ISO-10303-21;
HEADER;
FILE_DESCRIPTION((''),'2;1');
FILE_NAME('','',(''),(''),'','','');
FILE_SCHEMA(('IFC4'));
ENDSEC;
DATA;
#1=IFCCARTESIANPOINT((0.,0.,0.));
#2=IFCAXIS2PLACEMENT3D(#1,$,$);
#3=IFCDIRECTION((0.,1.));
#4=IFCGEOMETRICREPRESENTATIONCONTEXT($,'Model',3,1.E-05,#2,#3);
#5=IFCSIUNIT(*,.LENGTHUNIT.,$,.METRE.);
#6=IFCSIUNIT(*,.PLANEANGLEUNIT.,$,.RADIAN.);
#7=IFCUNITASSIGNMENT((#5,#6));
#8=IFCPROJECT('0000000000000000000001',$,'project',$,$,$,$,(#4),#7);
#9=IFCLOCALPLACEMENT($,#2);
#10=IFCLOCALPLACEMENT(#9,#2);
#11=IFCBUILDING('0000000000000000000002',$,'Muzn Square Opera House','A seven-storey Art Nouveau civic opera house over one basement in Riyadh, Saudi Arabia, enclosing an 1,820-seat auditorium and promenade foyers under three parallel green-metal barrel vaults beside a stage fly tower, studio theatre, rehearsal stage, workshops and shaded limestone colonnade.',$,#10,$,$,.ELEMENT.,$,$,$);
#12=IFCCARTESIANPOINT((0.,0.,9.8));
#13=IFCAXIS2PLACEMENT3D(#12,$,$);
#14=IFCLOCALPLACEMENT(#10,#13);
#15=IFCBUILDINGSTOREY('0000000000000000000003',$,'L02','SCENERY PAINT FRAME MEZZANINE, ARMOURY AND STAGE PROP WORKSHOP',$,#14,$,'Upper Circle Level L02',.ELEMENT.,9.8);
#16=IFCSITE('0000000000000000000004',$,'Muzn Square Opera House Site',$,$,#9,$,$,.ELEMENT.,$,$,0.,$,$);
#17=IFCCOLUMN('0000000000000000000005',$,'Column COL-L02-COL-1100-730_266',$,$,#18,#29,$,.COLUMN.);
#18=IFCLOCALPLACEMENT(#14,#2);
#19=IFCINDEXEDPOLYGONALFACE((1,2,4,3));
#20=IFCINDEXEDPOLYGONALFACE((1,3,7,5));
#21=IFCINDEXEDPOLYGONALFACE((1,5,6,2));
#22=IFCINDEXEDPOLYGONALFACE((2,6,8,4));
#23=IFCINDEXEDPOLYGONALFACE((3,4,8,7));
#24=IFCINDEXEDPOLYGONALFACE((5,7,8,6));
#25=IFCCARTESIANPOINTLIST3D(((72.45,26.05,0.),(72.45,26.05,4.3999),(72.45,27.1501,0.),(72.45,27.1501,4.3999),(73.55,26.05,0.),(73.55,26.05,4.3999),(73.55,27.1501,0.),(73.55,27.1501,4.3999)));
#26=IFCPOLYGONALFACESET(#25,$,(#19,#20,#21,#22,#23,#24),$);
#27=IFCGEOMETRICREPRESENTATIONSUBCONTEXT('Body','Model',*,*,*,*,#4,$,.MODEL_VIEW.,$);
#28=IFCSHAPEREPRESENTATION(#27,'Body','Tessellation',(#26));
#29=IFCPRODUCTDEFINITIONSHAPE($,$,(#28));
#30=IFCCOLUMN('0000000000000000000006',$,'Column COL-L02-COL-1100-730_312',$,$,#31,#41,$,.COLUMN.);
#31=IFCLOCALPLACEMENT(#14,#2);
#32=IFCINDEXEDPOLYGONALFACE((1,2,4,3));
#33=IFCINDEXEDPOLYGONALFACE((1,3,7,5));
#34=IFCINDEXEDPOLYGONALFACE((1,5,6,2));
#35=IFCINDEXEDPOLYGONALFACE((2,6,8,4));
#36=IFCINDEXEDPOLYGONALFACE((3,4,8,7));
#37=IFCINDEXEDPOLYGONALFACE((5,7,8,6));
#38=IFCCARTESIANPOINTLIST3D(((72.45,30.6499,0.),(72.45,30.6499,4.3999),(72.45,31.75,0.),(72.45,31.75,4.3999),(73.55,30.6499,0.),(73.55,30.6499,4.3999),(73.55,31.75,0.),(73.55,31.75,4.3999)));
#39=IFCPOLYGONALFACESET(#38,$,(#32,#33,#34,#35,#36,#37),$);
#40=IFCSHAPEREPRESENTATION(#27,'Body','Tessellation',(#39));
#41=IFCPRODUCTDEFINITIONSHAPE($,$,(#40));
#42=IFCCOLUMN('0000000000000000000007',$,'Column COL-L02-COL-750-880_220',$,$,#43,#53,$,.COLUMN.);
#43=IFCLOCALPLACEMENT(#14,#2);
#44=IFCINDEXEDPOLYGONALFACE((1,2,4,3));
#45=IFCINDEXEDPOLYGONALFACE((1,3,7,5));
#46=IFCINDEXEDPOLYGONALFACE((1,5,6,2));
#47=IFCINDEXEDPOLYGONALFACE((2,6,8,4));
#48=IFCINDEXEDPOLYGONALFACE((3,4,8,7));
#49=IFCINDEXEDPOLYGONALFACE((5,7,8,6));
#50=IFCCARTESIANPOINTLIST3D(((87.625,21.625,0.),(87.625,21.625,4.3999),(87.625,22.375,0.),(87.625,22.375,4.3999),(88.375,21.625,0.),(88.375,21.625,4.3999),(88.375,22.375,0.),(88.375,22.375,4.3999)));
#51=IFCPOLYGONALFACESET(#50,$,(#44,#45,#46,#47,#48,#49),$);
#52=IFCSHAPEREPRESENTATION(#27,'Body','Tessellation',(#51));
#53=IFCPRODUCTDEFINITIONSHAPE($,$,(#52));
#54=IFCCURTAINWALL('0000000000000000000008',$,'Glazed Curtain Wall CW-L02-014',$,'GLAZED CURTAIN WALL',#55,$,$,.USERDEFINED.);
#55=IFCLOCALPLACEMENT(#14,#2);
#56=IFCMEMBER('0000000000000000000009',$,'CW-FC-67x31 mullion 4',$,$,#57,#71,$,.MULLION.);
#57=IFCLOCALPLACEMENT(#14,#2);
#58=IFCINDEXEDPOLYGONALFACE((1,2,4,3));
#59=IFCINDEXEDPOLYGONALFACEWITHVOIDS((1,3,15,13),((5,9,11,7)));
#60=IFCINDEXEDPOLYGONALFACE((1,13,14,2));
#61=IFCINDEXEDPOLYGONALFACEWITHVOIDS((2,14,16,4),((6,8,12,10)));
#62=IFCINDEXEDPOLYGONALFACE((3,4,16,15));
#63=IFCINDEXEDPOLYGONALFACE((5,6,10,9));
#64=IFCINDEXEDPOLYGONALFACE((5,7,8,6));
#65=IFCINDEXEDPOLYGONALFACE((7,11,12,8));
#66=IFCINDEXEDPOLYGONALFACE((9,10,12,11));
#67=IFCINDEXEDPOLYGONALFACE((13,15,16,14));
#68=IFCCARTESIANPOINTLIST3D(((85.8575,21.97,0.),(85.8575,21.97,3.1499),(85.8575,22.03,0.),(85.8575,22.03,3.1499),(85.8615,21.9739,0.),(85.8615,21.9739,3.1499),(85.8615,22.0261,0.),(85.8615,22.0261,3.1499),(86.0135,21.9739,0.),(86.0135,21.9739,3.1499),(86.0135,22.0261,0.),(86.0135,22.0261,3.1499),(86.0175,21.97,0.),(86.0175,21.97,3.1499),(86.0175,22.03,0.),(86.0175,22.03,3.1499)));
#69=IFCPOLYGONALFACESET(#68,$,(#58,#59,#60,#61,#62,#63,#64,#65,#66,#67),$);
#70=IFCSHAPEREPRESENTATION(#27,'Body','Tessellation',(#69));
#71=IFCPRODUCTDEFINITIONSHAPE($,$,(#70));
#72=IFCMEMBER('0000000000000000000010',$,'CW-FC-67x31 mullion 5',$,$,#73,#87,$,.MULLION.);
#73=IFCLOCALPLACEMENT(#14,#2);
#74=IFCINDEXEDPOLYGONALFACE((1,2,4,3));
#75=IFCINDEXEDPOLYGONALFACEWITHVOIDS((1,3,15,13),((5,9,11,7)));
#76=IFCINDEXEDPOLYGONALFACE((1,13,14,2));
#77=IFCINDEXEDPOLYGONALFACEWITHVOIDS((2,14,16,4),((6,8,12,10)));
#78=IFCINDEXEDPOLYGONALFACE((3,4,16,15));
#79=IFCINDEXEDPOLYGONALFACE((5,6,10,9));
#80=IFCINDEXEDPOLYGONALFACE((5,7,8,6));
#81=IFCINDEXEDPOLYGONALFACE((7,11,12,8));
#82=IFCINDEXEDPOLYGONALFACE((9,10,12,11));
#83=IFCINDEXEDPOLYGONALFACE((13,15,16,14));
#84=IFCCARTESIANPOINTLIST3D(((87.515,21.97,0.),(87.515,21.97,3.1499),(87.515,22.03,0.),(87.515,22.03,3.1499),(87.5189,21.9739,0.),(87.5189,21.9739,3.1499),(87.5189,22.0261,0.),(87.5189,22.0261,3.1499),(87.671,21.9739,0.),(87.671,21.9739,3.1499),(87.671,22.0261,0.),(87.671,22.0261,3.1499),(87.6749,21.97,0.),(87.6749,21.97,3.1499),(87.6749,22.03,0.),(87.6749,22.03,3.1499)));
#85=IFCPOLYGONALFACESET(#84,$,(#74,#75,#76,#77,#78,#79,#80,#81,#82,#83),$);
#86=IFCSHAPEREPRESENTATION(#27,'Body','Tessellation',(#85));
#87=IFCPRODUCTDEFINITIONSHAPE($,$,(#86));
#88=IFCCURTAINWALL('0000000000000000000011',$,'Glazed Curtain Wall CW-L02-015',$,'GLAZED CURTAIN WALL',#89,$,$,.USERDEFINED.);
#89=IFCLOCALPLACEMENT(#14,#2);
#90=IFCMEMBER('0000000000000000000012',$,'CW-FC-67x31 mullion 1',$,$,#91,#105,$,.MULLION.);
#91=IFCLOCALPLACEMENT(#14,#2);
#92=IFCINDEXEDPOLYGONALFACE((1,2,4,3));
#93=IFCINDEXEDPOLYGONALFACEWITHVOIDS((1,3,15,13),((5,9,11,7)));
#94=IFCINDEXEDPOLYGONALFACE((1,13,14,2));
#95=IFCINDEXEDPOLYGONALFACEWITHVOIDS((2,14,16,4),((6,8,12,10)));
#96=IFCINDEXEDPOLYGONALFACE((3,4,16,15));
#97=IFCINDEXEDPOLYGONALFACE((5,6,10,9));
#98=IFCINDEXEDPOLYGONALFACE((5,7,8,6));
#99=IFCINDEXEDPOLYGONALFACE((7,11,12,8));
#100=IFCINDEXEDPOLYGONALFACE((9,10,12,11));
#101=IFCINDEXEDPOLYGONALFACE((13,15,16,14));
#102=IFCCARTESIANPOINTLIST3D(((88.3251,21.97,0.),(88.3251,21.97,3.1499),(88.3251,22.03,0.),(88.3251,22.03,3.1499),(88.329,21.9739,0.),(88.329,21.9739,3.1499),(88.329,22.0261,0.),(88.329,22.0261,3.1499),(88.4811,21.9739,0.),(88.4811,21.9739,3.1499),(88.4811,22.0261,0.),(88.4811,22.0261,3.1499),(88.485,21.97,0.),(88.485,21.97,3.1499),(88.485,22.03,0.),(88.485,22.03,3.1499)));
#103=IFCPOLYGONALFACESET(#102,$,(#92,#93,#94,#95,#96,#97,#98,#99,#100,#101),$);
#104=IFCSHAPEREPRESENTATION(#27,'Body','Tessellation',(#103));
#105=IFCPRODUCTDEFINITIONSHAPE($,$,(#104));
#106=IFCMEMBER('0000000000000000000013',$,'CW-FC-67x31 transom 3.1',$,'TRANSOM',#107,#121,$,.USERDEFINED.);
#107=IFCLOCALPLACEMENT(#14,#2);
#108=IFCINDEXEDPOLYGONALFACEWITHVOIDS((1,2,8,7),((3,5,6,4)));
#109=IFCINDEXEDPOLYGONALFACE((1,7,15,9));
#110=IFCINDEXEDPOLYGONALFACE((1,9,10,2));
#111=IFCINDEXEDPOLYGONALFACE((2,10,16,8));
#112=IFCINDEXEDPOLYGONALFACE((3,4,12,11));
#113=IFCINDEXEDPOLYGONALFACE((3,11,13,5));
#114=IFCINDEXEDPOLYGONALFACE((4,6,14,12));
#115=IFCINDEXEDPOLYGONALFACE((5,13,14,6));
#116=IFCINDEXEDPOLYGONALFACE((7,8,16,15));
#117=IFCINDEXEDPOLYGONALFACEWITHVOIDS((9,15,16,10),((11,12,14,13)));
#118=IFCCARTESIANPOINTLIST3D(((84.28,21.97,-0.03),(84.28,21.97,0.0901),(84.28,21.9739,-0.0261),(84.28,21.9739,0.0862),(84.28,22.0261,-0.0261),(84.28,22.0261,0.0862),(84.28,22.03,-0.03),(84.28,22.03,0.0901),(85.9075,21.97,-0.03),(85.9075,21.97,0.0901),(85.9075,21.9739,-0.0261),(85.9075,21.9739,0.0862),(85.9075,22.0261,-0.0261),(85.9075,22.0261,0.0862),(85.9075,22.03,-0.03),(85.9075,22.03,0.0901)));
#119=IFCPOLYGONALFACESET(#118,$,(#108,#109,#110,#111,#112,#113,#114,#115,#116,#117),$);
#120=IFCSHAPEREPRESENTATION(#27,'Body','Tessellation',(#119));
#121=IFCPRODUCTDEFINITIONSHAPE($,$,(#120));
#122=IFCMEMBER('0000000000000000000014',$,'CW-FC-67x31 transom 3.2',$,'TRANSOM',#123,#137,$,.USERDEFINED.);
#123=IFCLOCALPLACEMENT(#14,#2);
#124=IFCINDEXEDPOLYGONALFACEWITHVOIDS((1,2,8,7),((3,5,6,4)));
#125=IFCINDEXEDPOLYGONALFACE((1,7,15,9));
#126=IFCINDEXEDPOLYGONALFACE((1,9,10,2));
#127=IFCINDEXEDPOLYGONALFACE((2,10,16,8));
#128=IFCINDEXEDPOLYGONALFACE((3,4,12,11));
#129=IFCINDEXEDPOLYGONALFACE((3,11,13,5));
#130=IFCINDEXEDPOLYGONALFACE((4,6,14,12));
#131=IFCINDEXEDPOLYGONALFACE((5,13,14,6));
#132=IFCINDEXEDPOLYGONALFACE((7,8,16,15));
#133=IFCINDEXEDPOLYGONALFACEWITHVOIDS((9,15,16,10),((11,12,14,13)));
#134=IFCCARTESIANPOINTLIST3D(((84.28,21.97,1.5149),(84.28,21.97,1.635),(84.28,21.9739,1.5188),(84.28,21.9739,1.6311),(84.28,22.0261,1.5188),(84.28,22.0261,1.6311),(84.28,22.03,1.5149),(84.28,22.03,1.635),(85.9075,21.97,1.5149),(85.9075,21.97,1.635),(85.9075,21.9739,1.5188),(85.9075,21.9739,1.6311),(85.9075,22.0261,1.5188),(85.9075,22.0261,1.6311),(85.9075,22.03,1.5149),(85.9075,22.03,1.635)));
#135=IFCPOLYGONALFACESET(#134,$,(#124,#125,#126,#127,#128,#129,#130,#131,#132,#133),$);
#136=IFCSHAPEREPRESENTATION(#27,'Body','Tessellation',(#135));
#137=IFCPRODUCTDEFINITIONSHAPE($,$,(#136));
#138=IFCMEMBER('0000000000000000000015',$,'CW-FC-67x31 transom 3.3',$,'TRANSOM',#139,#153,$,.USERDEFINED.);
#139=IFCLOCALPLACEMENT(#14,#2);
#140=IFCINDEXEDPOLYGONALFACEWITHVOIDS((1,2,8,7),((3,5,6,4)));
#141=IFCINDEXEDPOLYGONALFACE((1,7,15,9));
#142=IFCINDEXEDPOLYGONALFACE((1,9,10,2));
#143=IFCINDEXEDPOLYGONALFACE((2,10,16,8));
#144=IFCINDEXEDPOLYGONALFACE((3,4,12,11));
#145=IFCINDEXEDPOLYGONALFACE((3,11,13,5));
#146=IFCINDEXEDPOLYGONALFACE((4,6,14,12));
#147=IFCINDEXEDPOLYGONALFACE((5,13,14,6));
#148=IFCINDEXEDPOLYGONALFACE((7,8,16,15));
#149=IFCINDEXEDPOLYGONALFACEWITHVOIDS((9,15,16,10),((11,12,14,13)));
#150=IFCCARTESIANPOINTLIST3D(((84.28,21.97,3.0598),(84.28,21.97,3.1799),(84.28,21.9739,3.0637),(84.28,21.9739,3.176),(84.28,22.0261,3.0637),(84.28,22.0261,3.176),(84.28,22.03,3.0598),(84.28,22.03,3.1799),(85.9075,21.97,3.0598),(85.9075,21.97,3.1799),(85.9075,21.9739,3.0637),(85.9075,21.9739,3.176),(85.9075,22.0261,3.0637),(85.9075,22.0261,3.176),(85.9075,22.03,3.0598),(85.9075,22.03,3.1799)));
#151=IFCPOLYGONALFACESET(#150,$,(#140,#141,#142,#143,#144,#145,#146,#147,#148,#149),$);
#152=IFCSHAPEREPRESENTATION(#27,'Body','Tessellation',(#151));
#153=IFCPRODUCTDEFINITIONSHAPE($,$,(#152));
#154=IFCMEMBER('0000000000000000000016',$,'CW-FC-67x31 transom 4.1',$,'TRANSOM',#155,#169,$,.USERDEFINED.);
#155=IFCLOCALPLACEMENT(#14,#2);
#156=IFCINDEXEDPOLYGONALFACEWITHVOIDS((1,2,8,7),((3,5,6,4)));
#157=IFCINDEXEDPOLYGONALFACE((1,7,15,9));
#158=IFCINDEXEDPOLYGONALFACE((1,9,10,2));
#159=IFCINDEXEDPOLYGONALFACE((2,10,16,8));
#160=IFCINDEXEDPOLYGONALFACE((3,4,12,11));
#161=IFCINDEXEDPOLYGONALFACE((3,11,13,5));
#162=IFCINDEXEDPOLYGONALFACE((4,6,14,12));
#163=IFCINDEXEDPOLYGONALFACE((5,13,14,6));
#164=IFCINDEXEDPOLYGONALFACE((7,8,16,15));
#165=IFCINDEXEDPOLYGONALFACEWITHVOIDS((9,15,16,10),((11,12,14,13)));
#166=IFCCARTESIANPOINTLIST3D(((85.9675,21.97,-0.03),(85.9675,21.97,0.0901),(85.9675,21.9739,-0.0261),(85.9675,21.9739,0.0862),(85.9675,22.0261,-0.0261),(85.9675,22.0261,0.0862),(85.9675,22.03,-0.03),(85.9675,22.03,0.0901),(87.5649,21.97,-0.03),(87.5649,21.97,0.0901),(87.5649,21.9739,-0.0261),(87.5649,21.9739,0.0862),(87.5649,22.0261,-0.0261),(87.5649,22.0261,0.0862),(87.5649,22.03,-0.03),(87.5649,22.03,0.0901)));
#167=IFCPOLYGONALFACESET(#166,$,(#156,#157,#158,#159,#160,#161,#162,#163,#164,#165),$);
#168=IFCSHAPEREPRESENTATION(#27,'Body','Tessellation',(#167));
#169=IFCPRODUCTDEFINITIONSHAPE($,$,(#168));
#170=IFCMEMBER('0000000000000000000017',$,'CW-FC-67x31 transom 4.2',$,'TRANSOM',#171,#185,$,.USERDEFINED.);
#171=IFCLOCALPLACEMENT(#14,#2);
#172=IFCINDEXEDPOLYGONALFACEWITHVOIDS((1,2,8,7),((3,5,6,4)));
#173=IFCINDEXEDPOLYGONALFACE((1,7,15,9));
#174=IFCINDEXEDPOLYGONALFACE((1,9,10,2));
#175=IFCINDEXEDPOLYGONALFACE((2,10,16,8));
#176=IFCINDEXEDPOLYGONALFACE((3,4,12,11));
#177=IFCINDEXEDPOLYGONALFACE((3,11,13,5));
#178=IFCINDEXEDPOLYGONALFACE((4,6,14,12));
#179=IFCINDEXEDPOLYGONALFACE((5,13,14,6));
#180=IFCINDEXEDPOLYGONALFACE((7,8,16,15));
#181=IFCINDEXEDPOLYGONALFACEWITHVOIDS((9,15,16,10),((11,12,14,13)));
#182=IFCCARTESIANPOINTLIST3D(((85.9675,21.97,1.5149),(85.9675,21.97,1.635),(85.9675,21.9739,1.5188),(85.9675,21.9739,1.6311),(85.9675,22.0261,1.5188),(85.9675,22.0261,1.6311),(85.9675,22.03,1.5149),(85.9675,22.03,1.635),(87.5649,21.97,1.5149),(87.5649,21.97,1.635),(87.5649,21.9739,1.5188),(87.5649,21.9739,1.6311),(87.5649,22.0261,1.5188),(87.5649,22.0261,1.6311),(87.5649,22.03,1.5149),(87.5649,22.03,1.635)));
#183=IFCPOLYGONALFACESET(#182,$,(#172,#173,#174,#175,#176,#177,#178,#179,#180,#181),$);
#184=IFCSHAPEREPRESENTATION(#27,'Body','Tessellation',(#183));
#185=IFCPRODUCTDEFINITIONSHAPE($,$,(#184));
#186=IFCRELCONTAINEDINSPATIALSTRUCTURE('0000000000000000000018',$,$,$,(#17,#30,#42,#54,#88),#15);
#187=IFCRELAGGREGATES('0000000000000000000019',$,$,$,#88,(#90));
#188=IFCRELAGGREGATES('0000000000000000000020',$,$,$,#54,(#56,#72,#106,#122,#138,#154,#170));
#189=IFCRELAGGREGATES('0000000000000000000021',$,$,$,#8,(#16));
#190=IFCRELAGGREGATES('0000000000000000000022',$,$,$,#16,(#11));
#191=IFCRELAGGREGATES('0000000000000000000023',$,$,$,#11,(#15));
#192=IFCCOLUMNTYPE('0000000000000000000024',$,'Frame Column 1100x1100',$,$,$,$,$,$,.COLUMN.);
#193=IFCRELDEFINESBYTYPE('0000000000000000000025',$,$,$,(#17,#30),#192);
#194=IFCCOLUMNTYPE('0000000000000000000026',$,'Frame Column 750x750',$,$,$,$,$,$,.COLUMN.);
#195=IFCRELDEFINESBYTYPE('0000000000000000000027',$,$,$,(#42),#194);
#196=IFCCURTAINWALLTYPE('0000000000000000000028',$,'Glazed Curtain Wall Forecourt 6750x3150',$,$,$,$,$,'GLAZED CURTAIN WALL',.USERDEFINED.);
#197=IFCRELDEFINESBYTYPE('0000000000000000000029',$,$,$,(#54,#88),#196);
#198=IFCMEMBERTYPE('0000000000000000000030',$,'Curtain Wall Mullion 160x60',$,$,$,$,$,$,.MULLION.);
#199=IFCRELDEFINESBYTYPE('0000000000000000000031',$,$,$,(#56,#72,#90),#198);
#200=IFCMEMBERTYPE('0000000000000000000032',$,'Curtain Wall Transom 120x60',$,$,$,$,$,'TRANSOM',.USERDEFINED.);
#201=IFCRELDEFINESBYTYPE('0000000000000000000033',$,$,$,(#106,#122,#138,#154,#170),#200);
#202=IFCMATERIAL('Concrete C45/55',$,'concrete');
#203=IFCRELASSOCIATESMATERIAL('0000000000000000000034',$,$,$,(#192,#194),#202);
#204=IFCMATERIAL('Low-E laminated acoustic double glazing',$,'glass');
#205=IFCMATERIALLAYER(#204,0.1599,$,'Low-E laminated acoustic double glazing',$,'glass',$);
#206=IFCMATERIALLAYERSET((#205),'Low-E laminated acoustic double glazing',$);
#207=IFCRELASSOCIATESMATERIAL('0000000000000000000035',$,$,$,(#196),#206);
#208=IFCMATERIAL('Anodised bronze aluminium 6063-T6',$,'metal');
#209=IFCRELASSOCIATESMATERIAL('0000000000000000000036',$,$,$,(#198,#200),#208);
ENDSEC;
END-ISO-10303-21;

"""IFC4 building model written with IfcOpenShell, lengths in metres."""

from ifc_helpers import new_model, si_unit, direction, frame, origin, origin_2d, place, context, subcontext, project, spatial, rectangle, hollow_rectangle, extrude, material, layer, layer_set, material_profile, profile_set, type_object, element, aggregate, save


model = new_model("IFC4")

# Units and contexts
model_context = context("Model", 3, precision=1e-05, world=origin(), true_north=direction((0.0, 1.0)))
body_context = subcontext(model_context, "Body", "Model", "MODEL_VIEW")
ifc_project = project(units=[si_unit("LENGTHUNIT", "METRE"), si_unit("PLANEANGLEUNIT", "RADIAN")], contexts=[model_context])

# Site, building, storey
site_placement = place(None, origin())
site = spatial("IfcSite", under=ifc_project, at=site_placement, Name="Muzn Square Opera House Site", CompositionType="ELEMENT", RefElevation=0.0)
building_placement = place(site_placement, origin())
building = spatial("IfcBuilding", under=site, at=building_placement, Name="Muzn Square Opera House", Description="A seven-storey Art Nouveau civic opera house over one basement in Riyadh, Saudi Arabia, enclosing an 1,820-seat auditorium and promenade foyers under three parallel green-metal barrel vaults beside a stage fly tower, studio theatre, rehearsal stage, workshops and shaded limestone colonnade.", CompositionType="ELEMENT")
storey_placement = place(building_placement, frame((0.0, 0.0, 9.8)))
storey = spatial("IfcBuildingStorey", under=building, at=storey_placement, Name="L02", Description="SCENERY PAINT FRAME MEZZANINE, ARMOURY AND STAGE PROP WORKSHOP", LongName="Upper Circle Level L02", CompositionType="ELEMENT", Elevation=9.8)

# Columns
ifc_material_1 = material(Name="Concrete C45/55", Category="concrete")
ifc_material_profile_1 = material_profile(ifc_material_1, rectangle(XDim=1.1001, YDim=1.1001, at=origin_2d()), Name="RC 1100x1100", Category="concrete")
ifc_profile_set_1 = profile_set([ifc_material_profile_1], Name="Concrete C45/55")
column_type_1 = type_object("IfcColumnType", Name="Frame Column 1100x1100", PredefinedType="COLUMN", material=ifc_profile_set_1)
for number, where, z_axis, x_axis, name in (
    (1, (73.0, 26.6001, 0.0), (0.0, 0.0, 1.0), (1.0, 0.0, 0.0), "Column COL-L02-COL-1100-730_266"),
    (2, (73.0, 31.2, 0.0), (0.0, 0.0, 1.0), (1.0, 0.0, 0.0), "Column COL-L02-COL-1100-730_312"),
):
    element("IfcColumn", number, at=place(storey_placement, frame(where, z_axis=z_axis, x_axis=x_axis)), inside=storey, type_object=column_type_1, Name=name, PredefinedType="COLUMN", context=body_context, shape_type="SweptSolid", body=[
        extrude(rectangle(XDim=1.1001, YDim=1.1001, at=origin_2d()), origin(), (0.0, 0.0, 1.0), 4.3999),
    ])
ifc_material_profile_2 = material_profile(ifc_material_1, rectangle(XDim=0.75, YDim=0.75, at=origin_2d()), Name="RC 750x750", Category="concrete")
ifc_profile_set_2 = profile_set([ifc_material_profile_2], Name="Concrete C45/55")
column_type_2 = type_object("IfcColumnType", Name="Frame Column 750x750", PredefinedType="COLUMN", material=ifc_profile_set_2)
column_placement = place(storey_placement, frame((88.0, 22.0, 0.0), z_axis=(0.0, 0.0, 1.0), x_axis=(1.0, 0.0, 0.0)))
element("IfcColumn", 3, at=column_placement, inside=storey, type_object=column_type_2, Name="Column COL-L02-COL-750-880_220", PredefinedType="COLUMN", context=body_context, shape_type="SweptSolid", body=[
    extrude(rectangle(XDim=0.75, YDim=0.75, at=origin_2d()), origin(), (0.0, 0.0, 1.0), 4.3999),
])

# Curtain wall, members
ifc_material_2 = material(Name="Low-E laminated acoustic double glazing", Category="glass")
ifc_layer_1 = layer(ifc_material_2, 0.1599, Name="Low-E laminated acoustic double glazing", Category="glass")
ifc_layer_set_1 = layer_set([ifc_layer_1], Name="Low-E laminated acoustic double glazing")
curtain_wall_type = type_object("IfcCurtainWallType", Name="Glazed Curtain Wall Forecourt 6750x3150", ElementType="GLAZED CURTAIN WALL", PredefinedType="USERDEFINED", material=ifc_layer_set_1)
curtain_wall_1_placement = place(storey_placement, origin())
curtain_wall_1 = element("IfcCurtainWall", 4, at=curtain_wall_1_placement, inside=storey, type_object=curtain_wall_type, Name="Glazed Curtain Wall CW-L02-014", ObjectType="GLAZED CURTAIN WALL", PredefinedType="USERDEFINED")
ifc_material_3 = material(Name="Anodised bronze aluminium 6063-T6", Category="metal")
ifc_material_profile_3 = material_profile(ifc_material_3, hollow_rectangle(XDim=0.0601, YDim=0.1599, WallThickness=0.0039, at=origin_2d()), Name="ALU 160x60x4", Category="metal")
ifc_profile_set_3 = profile_set([ifc_material_profile_3], Name="Anodised bronze aluminium 6063-T6")
member_type_1 = type_object("IfcMemberType", Name="Curtain Wall Mullion 160x60", PredefinedType="MULLION", material=ifc_profile_set_3)
member_1_placement = place(storey_placement, frame((85.9375, 22.0, 0.0), z_axis=(0.0, 0.0, 1.0), x_axis=(0.0, 1.0, 0.0)))
member_1 = element("IfcMember", 5, at=member_1_placement, type_object=member_type_1, Name="CW-FC-67x31 mullion 4", PredefinedType="MULLION", context=body_context, shape_type="SweptSolid", body=[
    extrude(hollow_rectangle(XDim=0.0601, YDim=0.1599, WallThickness=0.0039, at=origin_2d()), origin(), (0.0, 0.0, 1.0), 3.1499),
])
member_2_placement = place(storey_placement, frame((87.595, 22.0, 0.0), z_axis=(0.0, 0.0, 1.0), x_axis=(0.0, 1.0, 0.0)))
member_2 = element("IfcMember", 6, at=member_2_placement, type_object=member_type_1, Name="CW-FC-67x31 mullion 5", PredefinedType="MULLION", context=body_context, shape_type="SweptSolid", body=[
    extrude(hollow_rectangle(XDim=0.0601, YDim=0.1599, WallThickness=0.0039, at=origin_2d()), origin(), (0.0, 0.0, 1.0), 3.1499),
])

# Curtain wall, member
curtain_wall_2_placement = place(storey_placement, origin())
curtain_wall_2 = element("IfcCurtainWall", 7, at=curtain_wall_2_placement, inside=storey, type_object=curtain_wall_type, Name="Glazed Curtain Wall CW-L02-015", ObjectType="GLAZED CURTAIN WALL", PredefinedType="USERDEFINED")
member_3_placement = place(storey_placement, frame((88.405, 22.0, 0.0), z_axis=(0.0, 0.0, 1.0), x_axis=(0.0, 1.0, 0.0)))
member_3 = element("IfcMember", 8, at=member_3_placement, type_object=member_type_1, Name="CW-FC-67x31 mullion 1", PredefinedType="MULLION", context=body_context, shape_type="SweptSolid", body=[
    extrude(hollow_rectangle(XDim=0.0601, YDim=0.1599, WallThickness=0.0039, at=origin_2d()), origin(), (0.0, 0.0, 1.0), 3.1499),
])
aggregate(curtain_wall_2, [member_3])

# Members
ifc_material_profile_4 = material_profile(ifc_material_3, hollow_rectangle(XDim=0.0601, YDim=0.1201, WallThickness=0.0039, at=origin_2d()), Name="ALU 120x60x4", Category="metal")
ifc_profile_set_4 = profile_set([ifc_material_profile_4], Name="Anodised bronze aluminium 6063-T6")
member_type_2 = type_object("IfcMemberType", Name="Curtain Wall Transom 120x60", ElementType="TRANSOM", PredefinedType="USERDEFINED", material=ifc_profile_set_4)
member_4_placement = place(storey_placement, frame((84.28, 22.0, 0.03), z_axis=(1.0, 0.0, 0.0), x_axis=(0.0, 1.0, 0.0)))
member_4 = element("IfcMember", 9, at=member_4_placement, type_object=member_type_2, Name="CW-FC-67x31 transom 3.1", ObjectType="TRANSOM", PredefinedType="USERDEFINED", context=body_context, shape_type="SweptSolid", body=[
    extrude(hollow_rectangle(XDim=0.0601, YDim=0.1201, WallThickness=0.0039, at=origin_2d()), origin(), (0.0, 0.0, 1.0), 1.6274),
])
member_5_placement = place(storey_placement, frame((84.28, 22.0, 1.575), z_axis=(1.0, 0.0, 0.0), x_axis=(0.0, 1.0, 0.0)))
member_5 = element("IfcMember", 10, at=member_5_placement, type_object=member_type_2, Name="CW-FC-67x31 transom 3.2", ObjectType="TRANSOM", PredefinedType="USERDEFINED", context=body_context, shape_type="SweptSolid", body=[
    extrude(hollow_rectangle(XDim=0.0601, YDim=0.1201, WallThickness=0.0039, at=origin_2d()), origin(), (0.0, 0.0, 1.0), 1.6274),
])
member_6_placement = place(storey_placement, frame((84.28, 22.0, 3.1199), z_axis=(1.0, 0.0, 0.0), x_axis=(0.0, 1.0, 0.0)))
member_6 = element("IfcMember", 11, at=member_6_placement, type_object=member_type_2, Name="CW-FC-67x31 transom 3.3", ObjectType="TRANSOM", PredefinedType="USERDEFINED", context=body_context, shape_type="SweptSolid", body=[
    extrude(hollow_rectangle(XDim=0.0601, YDim=0.1201, WallThickness=0.0039, at=origin_2d()), origin(), (0.0, 0.0, 1.0), 1.6274),
])
member_7_placement = place(storey_placement, frame((85.9675, 22.0, 0.03), z_axis=(1.0, 0.0, 0.0), x_axis=(0.0, 1.0, 0.0)))
member_7 = element("IfcMember", 12, at=member_7_placement, type_object=member_type_2, Name="CW-FC-67x31 transom 4.1", ObjectType="TRANSOM", PredefinedType="USERDEFINED", context=body_context, shape_type="SweptSolid", body=[
    extrude(hollow_rectangle(XDim=0.0601, YDim=0.1201, WallThickness=0.0039, at=origin_2d()), origin(), (0.0, 0.0, 1.0), 1.5974),
])
member_8_placement = place(storey_placement, frame((85.9675, 22.0, 1.575), z_axis=(1.0, 0.0, 0.0), x_axis=(0.0, 1.0, 0.0)))
member_8 = element("IfcMember", 13, at=member_8_placement, type_object=member_type_2, Name="CW-FC-67x31 transom 4.2", ObjectType="TRANSOM", PredefinedType="USERDEFINED", context=body_context, shape_type="SweptSolid", body=[
    extrude(hollow_rectangle(XDim=0.0601, YDim=0.1201, WallThickness=0.0039, at=origin_2d()), origin(), (0.0, 0.0, 1.0), 1.5974),
])

aggregate(curtain_wall_1, [member_1, member_2, member_4, member_5, member_6, member_7, member_8])

save(model, "model.ifc")
